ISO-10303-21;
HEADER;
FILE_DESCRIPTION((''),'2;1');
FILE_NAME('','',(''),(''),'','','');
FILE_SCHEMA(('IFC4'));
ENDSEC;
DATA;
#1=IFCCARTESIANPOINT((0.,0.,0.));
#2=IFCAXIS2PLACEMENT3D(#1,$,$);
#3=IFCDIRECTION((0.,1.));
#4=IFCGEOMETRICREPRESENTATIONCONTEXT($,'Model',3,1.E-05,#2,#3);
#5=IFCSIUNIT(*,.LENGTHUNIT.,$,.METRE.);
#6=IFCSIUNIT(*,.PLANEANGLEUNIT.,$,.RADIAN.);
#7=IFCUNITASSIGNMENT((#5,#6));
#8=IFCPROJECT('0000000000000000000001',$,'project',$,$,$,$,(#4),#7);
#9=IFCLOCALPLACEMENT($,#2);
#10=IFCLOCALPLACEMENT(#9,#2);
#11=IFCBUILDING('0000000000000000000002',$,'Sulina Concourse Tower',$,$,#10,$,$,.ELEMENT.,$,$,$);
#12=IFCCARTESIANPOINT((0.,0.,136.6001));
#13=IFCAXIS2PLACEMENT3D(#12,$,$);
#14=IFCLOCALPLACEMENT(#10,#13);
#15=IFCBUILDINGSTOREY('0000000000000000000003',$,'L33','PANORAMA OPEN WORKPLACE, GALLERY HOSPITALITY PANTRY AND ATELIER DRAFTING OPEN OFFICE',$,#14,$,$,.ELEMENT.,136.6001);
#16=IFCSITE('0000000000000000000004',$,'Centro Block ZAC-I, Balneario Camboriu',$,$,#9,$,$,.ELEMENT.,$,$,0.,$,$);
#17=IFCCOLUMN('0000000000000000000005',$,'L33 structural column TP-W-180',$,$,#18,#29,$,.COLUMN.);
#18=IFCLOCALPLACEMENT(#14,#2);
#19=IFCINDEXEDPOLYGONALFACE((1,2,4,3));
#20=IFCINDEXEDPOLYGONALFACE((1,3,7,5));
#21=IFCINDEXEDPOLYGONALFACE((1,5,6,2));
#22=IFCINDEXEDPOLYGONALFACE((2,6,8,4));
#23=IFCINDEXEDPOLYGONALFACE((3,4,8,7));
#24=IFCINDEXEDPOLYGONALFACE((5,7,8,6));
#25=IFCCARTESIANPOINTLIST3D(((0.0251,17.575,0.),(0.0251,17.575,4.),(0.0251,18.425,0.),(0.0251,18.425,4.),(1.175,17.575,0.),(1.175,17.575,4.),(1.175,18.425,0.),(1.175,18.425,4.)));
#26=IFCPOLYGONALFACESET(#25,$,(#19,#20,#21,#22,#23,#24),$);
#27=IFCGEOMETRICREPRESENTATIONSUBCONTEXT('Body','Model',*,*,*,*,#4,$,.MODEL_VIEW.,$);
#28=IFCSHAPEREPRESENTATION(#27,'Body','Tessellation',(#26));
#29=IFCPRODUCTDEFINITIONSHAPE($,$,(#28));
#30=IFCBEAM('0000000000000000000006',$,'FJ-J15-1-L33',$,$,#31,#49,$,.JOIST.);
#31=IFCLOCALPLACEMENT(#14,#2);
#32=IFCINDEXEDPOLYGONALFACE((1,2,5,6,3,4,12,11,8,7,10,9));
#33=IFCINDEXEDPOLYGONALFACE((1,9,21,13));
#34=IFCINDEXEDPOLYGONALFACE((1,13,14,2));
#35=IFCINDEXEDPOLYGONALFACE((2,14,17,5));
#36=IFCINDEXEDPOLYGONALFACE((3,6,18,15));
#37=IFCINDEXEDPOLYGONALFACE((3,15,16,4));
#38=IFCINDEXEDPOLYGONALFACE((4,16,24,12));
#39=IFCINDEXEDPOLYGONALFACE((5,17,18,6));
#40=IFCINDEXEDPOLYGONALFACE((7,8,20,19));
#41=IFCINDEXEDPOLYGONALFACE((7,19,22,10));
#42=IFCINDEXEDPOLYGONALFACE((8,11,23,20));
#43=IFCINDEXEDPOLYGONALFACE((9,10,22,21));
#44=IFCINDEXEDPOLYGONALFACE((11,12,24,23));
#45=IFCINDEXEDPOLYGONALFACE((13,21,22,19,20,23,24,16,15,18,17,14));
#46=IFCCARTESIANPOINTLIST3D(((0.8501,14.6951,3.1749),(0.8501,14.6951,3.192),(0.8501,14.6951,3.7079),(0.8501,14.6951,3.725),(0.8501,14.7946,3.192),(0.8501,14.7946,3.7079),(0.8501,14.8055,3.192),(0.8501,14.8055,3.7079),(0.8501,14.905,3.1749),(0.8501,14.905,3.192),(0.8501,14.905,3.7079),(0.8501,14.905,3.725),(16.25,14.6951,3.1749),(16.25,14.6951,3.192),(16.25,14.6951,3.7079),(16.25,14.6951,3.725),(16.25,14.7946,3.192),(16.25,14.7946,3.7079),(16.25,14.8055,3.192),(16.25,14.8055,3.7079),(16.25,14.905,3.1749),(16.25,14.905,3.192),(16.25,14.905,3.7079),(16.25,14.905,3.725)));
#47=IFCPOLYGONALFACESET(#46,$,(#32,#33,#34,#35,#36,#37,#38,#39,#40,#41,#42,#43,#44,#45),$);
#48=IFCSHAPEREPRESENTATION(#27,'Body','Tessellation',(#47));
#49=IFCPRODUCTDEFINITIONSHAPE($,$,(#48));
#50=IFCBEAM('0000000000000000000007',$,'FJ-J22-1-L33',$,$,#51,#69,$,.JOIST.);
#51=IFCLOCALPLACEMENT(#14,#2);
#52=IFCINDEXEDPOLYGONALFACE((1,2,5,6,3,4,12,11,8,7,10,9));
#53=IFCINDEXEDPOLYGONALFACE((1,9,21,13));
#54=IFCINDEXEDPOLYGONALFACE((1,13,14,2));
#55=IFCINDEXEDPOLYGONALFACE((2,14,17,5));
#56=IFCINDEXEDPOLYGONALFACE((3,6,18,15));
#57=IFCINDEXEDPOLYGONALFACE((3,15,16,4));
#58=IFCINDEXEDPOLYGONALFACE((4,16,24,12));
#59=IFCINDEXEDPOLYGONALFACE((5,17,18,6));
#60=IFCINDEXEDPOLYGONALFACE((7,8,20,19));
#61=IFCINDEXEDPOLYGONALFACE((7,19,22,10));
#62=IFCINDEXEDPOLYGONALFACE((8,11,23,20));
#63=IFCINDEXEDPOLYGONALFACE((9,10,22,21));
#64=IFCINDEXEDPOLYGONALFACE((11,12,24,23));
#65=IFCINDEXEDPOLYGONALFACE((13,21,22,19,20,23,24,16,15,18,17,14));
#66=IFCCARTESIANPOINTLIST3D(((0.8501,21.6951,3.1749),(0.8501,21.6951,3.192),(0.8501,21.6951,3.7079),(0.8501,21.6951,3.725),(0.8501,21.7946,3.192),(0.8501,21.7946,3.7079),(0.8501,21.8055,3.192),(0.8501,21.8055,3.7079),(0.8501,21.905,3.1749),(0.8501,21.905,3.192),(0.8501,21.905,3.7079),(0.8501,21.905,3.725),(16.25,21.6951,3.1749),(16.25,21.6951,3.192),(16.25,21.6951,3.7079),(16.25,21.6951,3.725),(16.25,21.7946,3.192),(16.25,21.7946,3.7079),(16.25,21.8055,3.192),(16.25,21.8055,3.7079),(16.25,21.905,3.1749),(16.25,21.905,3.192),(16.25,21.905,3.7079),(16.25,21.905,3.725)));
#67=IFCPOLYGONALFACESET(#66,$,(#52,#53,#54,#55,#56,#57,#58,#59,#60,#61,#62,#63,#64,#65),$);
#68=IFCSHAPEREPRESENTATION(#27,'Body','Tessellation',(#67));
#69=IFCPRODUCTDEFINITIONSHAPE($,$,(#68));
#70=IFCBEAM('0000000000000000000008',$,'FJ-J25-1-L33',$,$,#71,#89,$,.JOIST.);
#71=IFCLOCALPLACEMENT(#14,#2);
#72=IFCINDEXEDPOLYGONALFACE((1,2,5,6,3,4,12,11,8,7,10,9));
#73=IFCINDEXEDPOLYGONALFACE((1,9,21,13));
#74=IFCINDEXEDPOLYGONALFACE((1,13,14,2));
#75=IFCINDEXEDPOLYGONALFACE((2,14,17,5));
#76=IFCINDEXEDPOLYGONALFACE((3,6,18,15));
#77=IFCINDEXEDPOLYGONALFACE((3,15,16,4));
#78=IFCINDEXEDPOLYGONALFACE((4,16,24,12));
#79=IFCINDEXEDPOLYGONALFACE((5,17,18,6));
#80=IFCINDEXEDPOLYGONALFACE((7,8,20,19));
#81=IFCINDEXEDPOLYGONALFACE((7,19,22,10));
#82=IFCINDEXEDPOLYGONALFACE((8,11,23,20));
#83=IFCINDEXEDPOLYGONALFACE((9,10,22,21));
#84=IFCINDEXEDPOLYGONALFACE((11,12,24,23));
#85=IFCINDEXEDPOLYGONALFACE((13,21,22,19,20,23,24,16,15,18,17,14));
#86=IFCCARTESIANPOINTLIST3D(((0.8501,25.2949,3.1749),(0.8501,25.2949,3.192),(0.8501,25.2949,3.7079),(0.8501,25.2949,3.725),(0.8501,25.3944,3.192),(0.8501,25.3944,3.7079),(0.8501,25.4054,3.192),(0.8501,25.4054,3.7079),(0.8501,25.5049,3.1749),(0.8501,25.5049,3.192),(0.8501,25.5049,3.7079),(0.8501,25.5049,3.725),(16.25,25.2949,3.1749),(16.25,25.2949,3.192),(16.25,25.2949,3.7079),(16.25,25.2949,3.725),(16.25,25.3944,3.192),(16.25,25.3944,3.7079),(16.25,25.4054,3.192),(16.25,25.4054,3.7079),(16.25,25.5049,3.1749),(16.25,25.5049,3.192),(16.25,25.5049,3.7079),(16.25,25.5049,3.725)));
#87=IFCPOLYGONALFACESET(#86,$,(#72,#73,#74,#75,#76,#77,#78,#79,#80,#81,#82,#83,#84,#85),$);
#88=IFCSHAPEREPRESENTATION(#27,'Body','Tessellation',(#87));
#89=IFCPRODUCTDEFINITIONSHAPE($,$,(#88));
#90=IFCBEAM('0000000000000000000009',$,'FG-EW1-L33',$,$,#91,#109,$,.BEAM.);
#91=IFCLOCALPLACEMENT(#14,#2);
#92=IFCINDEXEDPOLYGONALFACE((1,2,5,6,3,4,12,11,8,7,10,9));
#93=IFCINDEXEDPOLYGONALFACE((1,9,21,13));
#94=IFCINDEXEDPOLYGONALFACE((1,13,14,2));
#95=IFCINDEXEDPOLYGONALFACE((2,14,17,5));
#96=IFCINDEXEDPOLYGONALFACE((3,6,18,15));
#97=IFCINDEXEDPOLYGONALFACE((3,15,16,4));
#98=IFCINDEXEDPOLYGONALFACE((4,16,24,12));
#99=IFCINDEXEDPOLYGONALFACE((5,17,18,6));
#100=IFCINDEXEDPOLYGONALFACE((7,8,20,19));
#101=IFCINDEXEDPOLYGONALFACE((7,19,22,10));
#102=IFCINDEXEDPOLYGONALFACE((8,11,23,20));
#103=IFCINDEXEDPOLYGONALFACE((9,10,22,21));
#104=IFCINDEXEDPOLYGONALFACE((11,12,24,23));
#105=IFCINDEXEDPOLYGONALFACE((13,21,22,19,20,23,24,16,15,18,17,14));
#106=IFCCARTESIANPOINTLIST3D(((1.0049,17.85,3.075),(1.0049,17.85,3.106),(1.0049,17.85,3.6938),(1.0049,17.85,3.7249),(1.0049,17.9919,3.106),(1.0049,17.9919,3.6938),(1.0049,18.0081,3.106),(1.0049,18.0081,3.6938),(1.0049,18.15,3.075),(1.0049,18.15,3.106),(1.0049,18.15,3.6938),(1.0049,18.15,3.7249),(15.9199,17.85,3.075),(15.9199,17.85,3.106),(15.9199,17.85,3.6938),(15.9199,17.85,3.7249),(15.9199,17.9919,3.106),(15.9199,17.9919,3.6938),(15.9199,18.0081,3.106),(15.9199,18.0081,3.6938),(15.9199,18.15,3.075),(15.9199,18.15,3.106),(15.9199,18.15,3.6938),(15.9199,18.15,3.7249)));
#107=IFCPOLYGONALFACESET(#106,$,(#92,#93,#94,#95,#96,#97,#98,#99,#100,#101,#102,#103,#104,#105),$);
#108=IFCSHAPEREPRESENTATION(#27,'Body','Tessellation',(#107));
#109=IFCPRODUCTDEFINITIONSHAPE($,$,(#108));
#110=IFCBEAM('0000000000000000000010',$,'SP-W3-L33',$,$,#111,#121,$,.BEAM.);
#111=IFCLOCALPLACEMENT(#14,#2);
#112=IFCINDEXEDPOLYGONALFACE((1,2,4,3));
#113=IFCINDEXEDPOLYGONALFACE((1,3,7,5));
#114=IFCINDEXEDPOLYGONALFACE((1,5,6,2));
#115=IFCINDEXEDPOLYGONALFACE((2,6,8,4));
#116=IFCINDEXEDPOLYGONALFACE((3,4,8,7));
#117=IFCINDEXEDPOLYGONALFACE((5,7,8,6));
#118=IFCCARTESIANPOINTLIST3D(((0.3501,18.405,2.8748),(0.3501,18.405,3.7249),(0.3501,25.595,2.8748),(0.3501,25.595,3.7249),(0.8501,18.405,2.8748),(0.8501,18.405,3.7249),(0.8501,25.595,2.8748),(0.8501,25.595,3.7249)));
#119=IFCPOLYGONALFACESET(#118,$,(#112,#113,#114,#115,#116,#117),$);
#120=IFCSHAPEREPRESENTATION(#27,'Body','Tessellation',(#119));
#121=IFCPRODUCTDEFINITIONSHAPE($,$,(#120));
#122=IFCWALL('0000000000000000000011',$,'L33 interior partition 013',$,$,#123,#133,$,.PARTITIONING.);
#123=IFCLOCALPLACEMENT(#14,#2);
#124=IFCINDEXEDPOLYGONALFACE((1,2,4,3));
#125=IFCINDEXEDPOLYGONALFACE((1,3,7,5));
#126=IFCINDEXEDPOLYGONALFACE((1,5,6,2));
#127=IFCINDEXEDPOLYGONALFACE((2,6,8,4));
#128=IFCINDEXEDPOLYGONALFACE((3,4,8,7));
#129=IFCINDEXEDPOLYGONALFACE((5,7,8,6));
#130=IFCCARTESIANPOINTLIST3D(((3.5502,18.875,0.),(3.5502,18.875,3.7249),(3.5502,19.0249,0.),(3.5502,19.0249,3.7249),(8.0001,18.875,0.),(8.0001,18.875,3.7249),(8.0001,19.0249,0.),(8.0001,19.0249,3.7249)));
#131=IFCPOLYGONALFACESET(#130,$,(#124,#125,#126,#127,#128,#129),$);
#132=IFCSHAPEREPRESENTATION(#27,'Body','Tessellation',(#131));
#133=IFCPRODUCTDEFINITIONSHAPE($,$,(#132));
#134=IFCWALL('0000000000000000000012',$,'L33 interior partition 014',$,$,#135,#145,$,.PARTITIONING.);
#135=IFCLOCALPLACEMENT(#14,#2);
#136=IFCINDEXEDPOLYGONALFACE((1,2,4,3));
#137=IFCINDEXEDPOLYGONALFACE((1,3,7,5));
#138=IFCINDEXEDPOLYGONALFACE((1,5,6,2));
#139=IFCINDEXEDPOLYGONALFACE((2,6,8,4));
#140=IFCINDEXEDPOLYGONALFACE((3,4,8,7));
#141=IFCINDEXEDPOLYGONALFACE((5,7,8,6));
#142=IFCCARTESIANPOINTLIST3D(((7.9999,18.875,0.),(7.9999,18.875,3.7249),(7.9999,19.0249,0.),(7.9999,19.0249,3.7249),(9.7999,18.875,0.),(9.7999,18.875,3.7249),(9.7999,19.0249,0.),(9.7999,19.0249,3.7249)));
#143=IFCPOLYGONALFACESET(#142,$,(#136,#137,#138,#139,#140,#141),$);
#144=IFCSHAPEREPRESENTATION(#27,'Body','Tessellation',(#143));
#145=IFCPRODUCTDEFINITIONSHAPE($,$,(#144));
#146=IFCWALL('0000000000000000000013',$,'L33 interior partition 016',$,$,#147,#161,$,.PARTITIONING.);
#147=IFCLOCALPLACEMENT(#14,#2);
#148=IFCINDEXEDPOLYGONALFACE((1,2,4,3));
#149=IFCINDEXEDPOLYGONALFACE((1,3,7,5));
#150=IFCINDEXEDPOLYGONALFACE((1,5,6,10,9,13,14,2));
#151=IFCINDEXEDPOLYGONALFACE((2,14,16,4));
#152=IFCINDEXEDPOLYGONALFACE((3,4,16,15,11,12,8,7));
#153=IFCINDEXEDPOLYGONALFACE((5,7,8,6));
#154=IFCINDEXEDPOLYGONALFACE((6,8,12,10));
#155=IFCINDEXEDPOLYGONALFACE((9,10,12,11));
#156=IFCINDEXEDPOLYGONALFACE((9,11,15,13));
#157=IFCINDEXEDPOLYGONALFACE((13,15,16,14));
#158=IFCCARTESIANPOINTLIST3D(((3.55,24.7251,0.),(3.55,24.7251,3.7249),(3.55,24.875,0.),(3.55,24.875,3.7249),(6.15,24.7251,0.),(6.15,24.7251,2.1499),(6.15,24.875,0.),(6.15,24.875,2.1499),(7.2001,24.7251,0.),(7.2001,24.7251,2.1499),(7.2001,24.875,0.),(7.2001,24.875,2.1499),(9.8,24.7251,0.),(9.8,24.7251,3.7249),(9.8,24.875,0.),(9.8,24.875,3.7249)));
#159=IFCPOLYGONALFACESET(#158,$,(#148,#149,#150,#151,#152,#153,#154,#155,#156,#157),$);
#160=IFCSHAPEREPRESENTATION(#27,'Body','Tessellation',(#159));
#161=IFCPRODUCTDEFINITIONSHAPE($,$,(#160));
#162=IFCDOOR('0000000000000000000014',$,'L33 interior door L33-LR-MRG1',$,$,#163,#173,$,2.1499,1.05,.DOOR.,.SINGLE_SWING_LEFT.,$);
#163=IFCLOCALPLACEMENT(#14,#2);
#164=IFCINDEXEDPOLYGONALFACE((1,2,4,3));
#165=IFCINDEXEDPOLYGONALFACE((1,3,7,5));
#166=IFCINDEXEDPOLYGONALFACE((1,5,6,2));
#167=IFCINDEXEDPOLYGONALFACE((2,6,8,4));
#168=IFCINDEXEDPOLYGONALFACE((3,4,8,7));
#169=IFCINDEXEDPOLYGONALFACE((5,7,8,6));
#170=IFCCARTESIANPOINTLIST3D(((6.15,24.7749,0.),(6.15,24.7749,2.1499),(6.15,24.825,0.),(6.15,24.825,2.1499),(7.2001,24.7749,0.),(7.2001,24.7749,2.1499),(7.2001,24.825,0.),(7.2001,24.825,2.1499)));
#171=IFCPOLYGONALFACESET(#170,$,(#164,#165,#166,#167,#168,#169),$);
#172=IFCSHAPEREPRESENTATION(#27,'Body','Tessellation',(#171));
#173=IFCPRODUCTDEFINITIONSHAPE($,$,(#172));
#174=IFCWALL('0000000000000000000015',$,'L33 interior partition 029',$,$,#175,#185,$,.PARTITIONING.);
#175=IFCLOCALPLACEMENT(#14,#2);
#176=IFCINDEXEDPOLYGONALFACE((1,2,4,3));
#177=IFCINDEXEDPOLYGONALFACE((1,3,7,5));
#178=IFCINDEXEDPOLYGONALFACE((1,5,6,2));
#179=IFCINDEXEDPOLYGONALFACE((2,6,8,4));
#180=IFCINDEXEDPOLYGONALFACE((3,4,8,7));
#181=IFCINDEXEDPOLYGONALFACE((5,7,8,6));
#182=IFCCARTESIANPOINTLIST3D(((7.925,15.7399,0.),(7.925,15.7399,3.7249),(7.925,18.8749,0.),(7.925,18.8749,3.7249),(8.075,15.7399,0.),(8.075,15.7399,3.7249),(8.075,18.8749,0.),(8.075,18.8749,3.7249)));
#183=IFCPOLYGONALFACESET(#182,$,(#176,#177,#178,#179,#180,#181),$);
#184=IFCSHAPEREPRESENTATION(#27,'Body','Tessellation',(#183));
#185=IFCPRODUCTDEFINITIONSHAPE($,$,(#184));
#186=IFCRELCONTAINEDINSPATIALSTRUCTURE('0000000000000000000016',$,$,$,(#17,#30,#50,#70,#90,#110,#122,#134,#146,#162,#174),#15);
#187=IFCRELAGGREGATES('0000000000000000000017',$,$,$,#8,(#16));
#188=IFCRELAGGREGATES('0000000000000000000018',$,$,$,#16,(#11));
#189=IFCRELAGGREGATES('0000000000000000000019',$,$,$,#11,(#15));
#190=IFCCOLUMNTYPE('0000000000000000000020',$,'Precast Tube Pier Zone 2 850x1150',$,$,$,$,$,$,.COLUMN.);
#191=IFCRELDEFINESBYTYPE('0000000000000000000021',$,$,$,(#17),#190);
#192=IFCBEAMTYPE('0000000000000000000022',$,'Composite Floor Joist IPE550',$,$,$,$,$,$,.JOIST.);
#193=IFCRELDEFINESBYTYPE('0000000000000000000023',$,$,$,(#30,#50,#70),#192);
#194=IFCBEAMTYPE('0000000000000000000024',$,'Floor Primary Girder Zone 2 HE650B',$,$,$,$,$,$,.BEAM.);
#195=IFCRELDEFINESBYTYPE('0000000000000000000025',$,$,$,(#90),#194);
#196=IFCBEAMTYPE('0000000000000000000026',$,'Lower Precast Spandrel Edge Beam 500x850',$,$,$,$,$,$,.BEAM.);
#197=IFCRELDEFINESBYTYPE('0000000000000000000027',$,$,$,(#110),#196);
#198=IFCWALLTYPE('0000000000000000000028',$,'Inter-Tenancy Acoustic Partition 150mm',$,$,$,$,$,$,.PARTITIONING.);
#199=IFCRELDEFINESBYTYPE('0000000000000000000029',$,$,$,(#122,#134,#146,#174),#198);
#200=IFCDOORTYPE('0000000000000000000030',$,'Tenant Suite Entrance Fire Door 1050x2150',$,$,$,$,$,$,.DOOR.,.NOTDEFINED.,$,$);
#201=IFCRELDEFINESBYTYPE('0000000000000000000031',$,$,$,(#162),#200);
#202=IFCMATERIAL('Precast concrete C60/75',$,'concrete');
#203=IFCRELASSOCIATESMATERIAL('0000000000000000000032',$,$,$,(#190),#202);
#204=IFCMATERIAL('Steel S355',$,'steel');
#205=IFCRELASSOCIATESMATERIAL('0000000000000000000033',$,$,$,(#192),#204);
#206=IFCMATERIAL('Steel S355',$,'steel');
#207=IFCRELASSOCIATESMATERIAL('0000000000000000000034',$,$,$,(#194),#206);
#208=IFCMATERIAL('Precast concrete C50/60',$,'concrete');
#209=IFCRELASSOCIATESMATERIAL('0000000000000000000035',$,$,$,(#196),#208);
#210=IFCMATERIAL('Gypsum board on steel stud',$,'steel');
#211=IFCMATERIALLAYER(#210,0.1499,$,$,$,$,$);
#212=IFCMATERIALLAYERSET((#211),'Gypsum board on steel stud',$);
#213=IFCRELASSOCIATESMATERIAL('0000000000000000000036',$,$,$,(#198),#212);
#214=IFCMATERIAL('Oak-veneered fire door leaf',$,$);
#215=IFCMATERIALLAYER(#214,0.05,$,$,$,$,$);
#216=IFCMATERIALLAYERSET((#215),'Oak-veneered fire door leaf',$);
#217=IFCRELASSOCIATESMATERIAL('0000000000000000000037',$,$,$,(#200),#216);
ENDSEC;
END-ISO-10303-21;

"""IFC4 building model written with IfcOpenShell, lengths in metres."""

from ifc_helpers import new_model, si_unit, direction, frame, frame_2d, origin, origin_2d, place, context, subcontext, project, spatial, rectangle, i_section, extrude, material, layer, layer_set, material_profile, profile_set, type_object, element, fill, save


model = new_model("IFC4")

# Units and contexts
model_context = context("Model", 3, precision=1e-05, world=origin(), true_north=direction((0.0, 1.0)))
body_context = subcontext(model_context, "Body", "Model", "MODEL_VIEW")
ifc_project = project(units=[si_unit("LENGTHUNIT", "METRE"), si_unit("PLANEANGLEUNIT", "RADIAN")], contexts=[model_context])

# Site, building, storey
site_placement = place(None, origin())
site = spatial("IfcSite", under=ifc_project, at=site_placement, Name="Centro Block ZAC-I, Balneario Camboriu", CompositionType="ELEMENT", RefElevation=0.0)
building_placement = place(site_placement, origin())
building = spatial("IfcBuilding", under=site, at=building_placement, Name="Sulina Concourse Tower", CompositionType="ELEMENT")
storey_placement = place(building_placement, frame((0.0, 0.0, 136.6001)))
storey = spatial("IfcBuildingStorey", under=building, at=storey_placement, Name="L33", Description="PANORAMA OPEN WORKPLACE, GALLERY HOSPITALITY PANTRY AND ATELIER DRAFTING OPEN OFFICE", CompositionType="ELEMENT", Elevation=136.6001)

# Column
ifc_material_1 = material(Name="Precast concrete C60/75", Category="concrete")
ifc_material_profile_1 = material_profile(ifc_material_1, rectangle(XDim=0.8501, YDim=1.1499, at=origin_2d()), Name="PC 850x1150")
ifc_profile_set_1 = profile_set([ifc_material_profile_1], Name="Precast concrete C60/75")
column_type = type_object("IfcColumnType", Name="Precast Tube Pier Zone 2 850x1150", PredefinedType="COLUMN", material=ifc_profile_set_1)
column_placement = place(storey_placement, frame((0.6001, 18.0, 0.0), z_axis=(0.0, 0.0, 1.0), x_axis=(0.0, 1.0, 0.0)))
element("IfcColumn", 1, at=column_placement, inside=storey, type_object=column_type, Name="L33 structural column TP-W-180", PredefinedType="COLUMN", context=body_context, shape_type="SweptSolid", body=[
    extrude(rectangle(XDim=0.8501, YDim=1.1499, at=origin_2d()), origin(), (0.0, 0.0, 1.0), 4.0),
])

# Beams
ifc_material_2 = material(Name="Steel S355", Category="steel")
ifc_material_profile_2 = material_profile(ifc_material_2, i_section(OverallWidth=0.21, OverallDepth=0.55, WebThickness=0.011, FlangeThickness=0.0171, at=origin_2d()), Name="IPE 550")
ifc_profile_set_2 = profile_set([ifc_material_profile_2], Name="Steel S355")
beam_type_1 = type_object("IfcBeamType", Name="Composite Floor Joist IPE550", PredefinedType="JOIST", material=ifc_profile_set_2)
for number, where, z_axis, x_axis, name in (
    (2, (0.8501, 14.8, 3.45), (1.0, 0.0, 0.0), (0.0, 1.0, 0.0), "FJ-J15-1-L33"),
    (3, (0.8501, 21.8, 3.45), (1.0, 0.0, 0.0), (0.0, 1.0, 0.0), "FJ-J22-1-L33"),
    (4, (0.8501, 25.3999, 3.45), (1.0, 0.0, 0.0), (0.0, 1.0, 0.0), "FJ-J25-1-L33"),
):
    element("IfcBeam", number, at=place(storey_placement, frame(where, z_axis=z_axis, x_axis=x_axis)), inside=storey, type_object=beam_type_1, Name=name, PredefinedType="JOIST", context=body_context, shape_type="SweptSolid", body=[
        extrude(i_section(OverallWidth=0.21, OverallDepth=0.55, WebThickness=0.011, FlangeThickness=0.0171, at=origin_2d()), origin(), (0.0, 0.0, 1.0), 15.3999),
    ])
ifc_material_3 = material(Name="Steel S355", Category="steel")
ifc_material_profile_3 = material_profile(ifc_material_3, i_section(OverallWidth=0.3, OverallDepth=0.6499, WebThickness=0.0161, FlangeThickness=0.031, at=origin_2d()), Name="HE 650 B")
ifc_profile_set_3 = profile_set([ifc_material_profile_3], Name="Steel S355")
beam_type_2 = type_object("IfcBeamType", Name="Floor Primary Girder Zone 2 HE650B", PredefinedType="BEAM", material=ifc_profile_set_3)
beam_1_placement = place(storey_placement, frame((1.0049, 18.0, 3.3999), z_axis=(1.0, 0.0, 0.0), x_axis=(0.0, 1.0, 0.0)))
element("IfcBeam", 5, at=beam_1_placement, inside=storey, type_object=beam_type_2, Name="FG-EW1-L33", PredefinedType="BEAM", context=body_context, shape_type="SweptSolid", body=[
    extrude(i_section(OverallWidth=0.3, OverallDepth=0.6499, WebThickness=0.0161, FlangeThickness=0.031, at=origin_2d()), origin(), (0.0, 0.0, 1.0), 14.915),
])
ifc_material_4 = material(Name="Precast concrete C50/60", Category="concrete")
ifc_material_profile_4 = material_profile(ifc_material_4, rectangle(XDim=0.5, YDim=0.8501, at=origin_2d()), Name="RC 500x850")
ifc_profile_set_4 = profile_set([ifc_material_profile_4], Name="Precast concrete C50/60")
beam_type_3 = type_object("IfcBeamType", Name="Lower Precast Spandrel Edge Beam 500x850", PredefinedType="BEAM", material=ifc_profile_set_4)
beam_2_placement = place(storey_placement, frame((0.6001, 18.405, 3.2998), z_axis=(0.0, 1.0, 0.0), x_axis=(-1.0, 0.0, 0.0)))
element("IfcBeam", 6, at=beam_2_placement, inside=storey, type_object=beam_type_3, Name="SP-W3-L33", PredefinedType="BEAM", context=body_context, shape_type="SweptSolid", body=[
    extrude(rectangle(XDim=0.5, YDim=0.8501, at=origin_2d()), origin(), (0.0, 0.0, 1.0), 7.1899),
])

# Walls
ifc_material_5 = material(Name="Gypsum board on steel stud", Category="steel")
ifc_layer_1 = layer(ifc_material_5, 0.1499)
ifc_layer_set_1 = layer_set([ifc_layer_1], Name="Gypsum board on steel stud")
wall_type_1 = type_object("IfcWallType", Name="Inter-Tenancy Acoustic Partition 150mm", PredefinedType="PARTITIONING", material=ifc_layer_set_1)
wall_1_placement = place(storey_placement, frame((3.55, 18.95, 0.0), z_axis=(0.0, 0.0, 1.0), x_axis=(1.0, 0.0, 0.0)))
element("IfcWall", 7, at=wall_1_placement, inside=storey, type_object=wall_type_1, Name="L33 interior partition 013", PredefinedType="PARTITIONING", context=body_context, shape_type="SweptSolid", body=[
    extrude(rectangle(XDim=4.45, YDim=0.1499, at=frame_2d((2.2251, 0.0))), origin(), (0.0, 0.0, 1.0), 3.7249),
])
wall_2_placement = place(storey_placement, frame((8.0, 18.95, 0.0), z_axis=(0.0, 0.0, 1.0), x_axis=(1.0, 0.0, 0.0)))
element("IfcWall", 8, at=wall_2_placement, inside=storey, type_object=wall_type_1, Name="L33 interior partition 014", PredefinedType="PARTITIONING", context=body_context, shape_type="SweptSolid", body=[
    extrude(rectangle(XDim=1.8, YDim=0.1499, at=frame_2d((0.8999, 0.0))), origin(), (0.0, 0.0, 1.0), 3.7249),
])

# Wall, opening, door
wall_3_placement = place(storey_placement, frame((3.55, 24.8, 0.0), z_axis=(0.0, 0.0, 1.0), x_axis=(1.0, 0.0, 0.0)))
wall_3 = element("IfcWall", 9, at=wall_3_placement, inside=storey, type_object=wall_type_1, Name="L33 interior partition 016", PredefinedType="PARTITIONING", context=body_context, shape_type="SweptSolid", body=[
    extrude(rectangle(XDim=6.25, YDim=0.1499, at=frame_2d((3.125, 0.0))), origin(), (0.0, 0.0, 1.0), 3.7249),
])
opening_1_placement = place(wall_3_placement, frame((2.6001, 0.0, 0.0)))
opening_1 = element("IfcOpeningElement", 10, at=opening_1_placement, cuts=wall_3, PredefinedType="OPENING", context=body_context, shape_type="SweptSolid", body=[
    extrude(rectangle(XDim=1.05, YDim=2.1499, at=frame_2d((0.5249, 1.075))), frame((0.0, 0.085, 0.0), z_axis=(0.0, -1.0, 0.0), x_axis=(1.0, 0.0, 0.0)), (0.0, 0.0, 1.0), 0.1699),
])
ifc_material_6 = material(Name="Oak-veneered fire door leaf")
ifc_layer_2 = layer(ifc_material_6, 0.05)
ifc_layer_set_2 = layer_set([ifc_layer_2], Name="Oak-veneered fire door leaf")
door_type_1 = type_object("IfcDoorType", Name="Tenant Suite Entrance Fire Door 1050x2150", OperationType="NOTDEFINED", PredefinedType="DOOR", material=ifc_layer_set_2)
door_1_placement = place(opening_1_placement, origin())
door_1 = element("IfcDoor", 11, at=door_1_placement, inside=storey, type_object=door_type_1, Name="L33 interior door L33-LR-MRG1", OperationType="SINGLE_SWING_LEFT", OverallHeight=2.1499, OverallWidth=1.05, PredefinedType="DOOR", context=body_context, shape_type="SweptSolid", body=[
    extrude(rectangle(XDim=1.05, YDim=2.1499, at=frame_2d((0.5249, 1.075))), frame((0.0, 0.0249, 0.0), z_axis=(0.0, -1.0, 0.0), x_axis=(1.0, 0.0, 0.0)), (0.0, 0.0, 1.0), 0.05),
])
fill(opening_1, door_1)

# Wall
wall_4_placement = place(storey_placement, frame((8.0, 15.74, 0.0), z_axis=(0.0, 0.0, 1.0), x_axis=(0.0, 1.0, 0.0)))
element("IfcWall", 12, at=wall_4_placement, inside=storey, type_object=wall_type_1, Name="L33 interior partition 029", PredefinedType="PARTITIONING", context=body_context, shape_type="SweptSolid", body=[
    extrude(rectangle(XDim=3.135, YDim=0.1499, at=frame_2d((1.5674, 0.0))), origin(), (0.0, 0.0, 1.0), 3.7249),
])

save(model, "model.ifc")
